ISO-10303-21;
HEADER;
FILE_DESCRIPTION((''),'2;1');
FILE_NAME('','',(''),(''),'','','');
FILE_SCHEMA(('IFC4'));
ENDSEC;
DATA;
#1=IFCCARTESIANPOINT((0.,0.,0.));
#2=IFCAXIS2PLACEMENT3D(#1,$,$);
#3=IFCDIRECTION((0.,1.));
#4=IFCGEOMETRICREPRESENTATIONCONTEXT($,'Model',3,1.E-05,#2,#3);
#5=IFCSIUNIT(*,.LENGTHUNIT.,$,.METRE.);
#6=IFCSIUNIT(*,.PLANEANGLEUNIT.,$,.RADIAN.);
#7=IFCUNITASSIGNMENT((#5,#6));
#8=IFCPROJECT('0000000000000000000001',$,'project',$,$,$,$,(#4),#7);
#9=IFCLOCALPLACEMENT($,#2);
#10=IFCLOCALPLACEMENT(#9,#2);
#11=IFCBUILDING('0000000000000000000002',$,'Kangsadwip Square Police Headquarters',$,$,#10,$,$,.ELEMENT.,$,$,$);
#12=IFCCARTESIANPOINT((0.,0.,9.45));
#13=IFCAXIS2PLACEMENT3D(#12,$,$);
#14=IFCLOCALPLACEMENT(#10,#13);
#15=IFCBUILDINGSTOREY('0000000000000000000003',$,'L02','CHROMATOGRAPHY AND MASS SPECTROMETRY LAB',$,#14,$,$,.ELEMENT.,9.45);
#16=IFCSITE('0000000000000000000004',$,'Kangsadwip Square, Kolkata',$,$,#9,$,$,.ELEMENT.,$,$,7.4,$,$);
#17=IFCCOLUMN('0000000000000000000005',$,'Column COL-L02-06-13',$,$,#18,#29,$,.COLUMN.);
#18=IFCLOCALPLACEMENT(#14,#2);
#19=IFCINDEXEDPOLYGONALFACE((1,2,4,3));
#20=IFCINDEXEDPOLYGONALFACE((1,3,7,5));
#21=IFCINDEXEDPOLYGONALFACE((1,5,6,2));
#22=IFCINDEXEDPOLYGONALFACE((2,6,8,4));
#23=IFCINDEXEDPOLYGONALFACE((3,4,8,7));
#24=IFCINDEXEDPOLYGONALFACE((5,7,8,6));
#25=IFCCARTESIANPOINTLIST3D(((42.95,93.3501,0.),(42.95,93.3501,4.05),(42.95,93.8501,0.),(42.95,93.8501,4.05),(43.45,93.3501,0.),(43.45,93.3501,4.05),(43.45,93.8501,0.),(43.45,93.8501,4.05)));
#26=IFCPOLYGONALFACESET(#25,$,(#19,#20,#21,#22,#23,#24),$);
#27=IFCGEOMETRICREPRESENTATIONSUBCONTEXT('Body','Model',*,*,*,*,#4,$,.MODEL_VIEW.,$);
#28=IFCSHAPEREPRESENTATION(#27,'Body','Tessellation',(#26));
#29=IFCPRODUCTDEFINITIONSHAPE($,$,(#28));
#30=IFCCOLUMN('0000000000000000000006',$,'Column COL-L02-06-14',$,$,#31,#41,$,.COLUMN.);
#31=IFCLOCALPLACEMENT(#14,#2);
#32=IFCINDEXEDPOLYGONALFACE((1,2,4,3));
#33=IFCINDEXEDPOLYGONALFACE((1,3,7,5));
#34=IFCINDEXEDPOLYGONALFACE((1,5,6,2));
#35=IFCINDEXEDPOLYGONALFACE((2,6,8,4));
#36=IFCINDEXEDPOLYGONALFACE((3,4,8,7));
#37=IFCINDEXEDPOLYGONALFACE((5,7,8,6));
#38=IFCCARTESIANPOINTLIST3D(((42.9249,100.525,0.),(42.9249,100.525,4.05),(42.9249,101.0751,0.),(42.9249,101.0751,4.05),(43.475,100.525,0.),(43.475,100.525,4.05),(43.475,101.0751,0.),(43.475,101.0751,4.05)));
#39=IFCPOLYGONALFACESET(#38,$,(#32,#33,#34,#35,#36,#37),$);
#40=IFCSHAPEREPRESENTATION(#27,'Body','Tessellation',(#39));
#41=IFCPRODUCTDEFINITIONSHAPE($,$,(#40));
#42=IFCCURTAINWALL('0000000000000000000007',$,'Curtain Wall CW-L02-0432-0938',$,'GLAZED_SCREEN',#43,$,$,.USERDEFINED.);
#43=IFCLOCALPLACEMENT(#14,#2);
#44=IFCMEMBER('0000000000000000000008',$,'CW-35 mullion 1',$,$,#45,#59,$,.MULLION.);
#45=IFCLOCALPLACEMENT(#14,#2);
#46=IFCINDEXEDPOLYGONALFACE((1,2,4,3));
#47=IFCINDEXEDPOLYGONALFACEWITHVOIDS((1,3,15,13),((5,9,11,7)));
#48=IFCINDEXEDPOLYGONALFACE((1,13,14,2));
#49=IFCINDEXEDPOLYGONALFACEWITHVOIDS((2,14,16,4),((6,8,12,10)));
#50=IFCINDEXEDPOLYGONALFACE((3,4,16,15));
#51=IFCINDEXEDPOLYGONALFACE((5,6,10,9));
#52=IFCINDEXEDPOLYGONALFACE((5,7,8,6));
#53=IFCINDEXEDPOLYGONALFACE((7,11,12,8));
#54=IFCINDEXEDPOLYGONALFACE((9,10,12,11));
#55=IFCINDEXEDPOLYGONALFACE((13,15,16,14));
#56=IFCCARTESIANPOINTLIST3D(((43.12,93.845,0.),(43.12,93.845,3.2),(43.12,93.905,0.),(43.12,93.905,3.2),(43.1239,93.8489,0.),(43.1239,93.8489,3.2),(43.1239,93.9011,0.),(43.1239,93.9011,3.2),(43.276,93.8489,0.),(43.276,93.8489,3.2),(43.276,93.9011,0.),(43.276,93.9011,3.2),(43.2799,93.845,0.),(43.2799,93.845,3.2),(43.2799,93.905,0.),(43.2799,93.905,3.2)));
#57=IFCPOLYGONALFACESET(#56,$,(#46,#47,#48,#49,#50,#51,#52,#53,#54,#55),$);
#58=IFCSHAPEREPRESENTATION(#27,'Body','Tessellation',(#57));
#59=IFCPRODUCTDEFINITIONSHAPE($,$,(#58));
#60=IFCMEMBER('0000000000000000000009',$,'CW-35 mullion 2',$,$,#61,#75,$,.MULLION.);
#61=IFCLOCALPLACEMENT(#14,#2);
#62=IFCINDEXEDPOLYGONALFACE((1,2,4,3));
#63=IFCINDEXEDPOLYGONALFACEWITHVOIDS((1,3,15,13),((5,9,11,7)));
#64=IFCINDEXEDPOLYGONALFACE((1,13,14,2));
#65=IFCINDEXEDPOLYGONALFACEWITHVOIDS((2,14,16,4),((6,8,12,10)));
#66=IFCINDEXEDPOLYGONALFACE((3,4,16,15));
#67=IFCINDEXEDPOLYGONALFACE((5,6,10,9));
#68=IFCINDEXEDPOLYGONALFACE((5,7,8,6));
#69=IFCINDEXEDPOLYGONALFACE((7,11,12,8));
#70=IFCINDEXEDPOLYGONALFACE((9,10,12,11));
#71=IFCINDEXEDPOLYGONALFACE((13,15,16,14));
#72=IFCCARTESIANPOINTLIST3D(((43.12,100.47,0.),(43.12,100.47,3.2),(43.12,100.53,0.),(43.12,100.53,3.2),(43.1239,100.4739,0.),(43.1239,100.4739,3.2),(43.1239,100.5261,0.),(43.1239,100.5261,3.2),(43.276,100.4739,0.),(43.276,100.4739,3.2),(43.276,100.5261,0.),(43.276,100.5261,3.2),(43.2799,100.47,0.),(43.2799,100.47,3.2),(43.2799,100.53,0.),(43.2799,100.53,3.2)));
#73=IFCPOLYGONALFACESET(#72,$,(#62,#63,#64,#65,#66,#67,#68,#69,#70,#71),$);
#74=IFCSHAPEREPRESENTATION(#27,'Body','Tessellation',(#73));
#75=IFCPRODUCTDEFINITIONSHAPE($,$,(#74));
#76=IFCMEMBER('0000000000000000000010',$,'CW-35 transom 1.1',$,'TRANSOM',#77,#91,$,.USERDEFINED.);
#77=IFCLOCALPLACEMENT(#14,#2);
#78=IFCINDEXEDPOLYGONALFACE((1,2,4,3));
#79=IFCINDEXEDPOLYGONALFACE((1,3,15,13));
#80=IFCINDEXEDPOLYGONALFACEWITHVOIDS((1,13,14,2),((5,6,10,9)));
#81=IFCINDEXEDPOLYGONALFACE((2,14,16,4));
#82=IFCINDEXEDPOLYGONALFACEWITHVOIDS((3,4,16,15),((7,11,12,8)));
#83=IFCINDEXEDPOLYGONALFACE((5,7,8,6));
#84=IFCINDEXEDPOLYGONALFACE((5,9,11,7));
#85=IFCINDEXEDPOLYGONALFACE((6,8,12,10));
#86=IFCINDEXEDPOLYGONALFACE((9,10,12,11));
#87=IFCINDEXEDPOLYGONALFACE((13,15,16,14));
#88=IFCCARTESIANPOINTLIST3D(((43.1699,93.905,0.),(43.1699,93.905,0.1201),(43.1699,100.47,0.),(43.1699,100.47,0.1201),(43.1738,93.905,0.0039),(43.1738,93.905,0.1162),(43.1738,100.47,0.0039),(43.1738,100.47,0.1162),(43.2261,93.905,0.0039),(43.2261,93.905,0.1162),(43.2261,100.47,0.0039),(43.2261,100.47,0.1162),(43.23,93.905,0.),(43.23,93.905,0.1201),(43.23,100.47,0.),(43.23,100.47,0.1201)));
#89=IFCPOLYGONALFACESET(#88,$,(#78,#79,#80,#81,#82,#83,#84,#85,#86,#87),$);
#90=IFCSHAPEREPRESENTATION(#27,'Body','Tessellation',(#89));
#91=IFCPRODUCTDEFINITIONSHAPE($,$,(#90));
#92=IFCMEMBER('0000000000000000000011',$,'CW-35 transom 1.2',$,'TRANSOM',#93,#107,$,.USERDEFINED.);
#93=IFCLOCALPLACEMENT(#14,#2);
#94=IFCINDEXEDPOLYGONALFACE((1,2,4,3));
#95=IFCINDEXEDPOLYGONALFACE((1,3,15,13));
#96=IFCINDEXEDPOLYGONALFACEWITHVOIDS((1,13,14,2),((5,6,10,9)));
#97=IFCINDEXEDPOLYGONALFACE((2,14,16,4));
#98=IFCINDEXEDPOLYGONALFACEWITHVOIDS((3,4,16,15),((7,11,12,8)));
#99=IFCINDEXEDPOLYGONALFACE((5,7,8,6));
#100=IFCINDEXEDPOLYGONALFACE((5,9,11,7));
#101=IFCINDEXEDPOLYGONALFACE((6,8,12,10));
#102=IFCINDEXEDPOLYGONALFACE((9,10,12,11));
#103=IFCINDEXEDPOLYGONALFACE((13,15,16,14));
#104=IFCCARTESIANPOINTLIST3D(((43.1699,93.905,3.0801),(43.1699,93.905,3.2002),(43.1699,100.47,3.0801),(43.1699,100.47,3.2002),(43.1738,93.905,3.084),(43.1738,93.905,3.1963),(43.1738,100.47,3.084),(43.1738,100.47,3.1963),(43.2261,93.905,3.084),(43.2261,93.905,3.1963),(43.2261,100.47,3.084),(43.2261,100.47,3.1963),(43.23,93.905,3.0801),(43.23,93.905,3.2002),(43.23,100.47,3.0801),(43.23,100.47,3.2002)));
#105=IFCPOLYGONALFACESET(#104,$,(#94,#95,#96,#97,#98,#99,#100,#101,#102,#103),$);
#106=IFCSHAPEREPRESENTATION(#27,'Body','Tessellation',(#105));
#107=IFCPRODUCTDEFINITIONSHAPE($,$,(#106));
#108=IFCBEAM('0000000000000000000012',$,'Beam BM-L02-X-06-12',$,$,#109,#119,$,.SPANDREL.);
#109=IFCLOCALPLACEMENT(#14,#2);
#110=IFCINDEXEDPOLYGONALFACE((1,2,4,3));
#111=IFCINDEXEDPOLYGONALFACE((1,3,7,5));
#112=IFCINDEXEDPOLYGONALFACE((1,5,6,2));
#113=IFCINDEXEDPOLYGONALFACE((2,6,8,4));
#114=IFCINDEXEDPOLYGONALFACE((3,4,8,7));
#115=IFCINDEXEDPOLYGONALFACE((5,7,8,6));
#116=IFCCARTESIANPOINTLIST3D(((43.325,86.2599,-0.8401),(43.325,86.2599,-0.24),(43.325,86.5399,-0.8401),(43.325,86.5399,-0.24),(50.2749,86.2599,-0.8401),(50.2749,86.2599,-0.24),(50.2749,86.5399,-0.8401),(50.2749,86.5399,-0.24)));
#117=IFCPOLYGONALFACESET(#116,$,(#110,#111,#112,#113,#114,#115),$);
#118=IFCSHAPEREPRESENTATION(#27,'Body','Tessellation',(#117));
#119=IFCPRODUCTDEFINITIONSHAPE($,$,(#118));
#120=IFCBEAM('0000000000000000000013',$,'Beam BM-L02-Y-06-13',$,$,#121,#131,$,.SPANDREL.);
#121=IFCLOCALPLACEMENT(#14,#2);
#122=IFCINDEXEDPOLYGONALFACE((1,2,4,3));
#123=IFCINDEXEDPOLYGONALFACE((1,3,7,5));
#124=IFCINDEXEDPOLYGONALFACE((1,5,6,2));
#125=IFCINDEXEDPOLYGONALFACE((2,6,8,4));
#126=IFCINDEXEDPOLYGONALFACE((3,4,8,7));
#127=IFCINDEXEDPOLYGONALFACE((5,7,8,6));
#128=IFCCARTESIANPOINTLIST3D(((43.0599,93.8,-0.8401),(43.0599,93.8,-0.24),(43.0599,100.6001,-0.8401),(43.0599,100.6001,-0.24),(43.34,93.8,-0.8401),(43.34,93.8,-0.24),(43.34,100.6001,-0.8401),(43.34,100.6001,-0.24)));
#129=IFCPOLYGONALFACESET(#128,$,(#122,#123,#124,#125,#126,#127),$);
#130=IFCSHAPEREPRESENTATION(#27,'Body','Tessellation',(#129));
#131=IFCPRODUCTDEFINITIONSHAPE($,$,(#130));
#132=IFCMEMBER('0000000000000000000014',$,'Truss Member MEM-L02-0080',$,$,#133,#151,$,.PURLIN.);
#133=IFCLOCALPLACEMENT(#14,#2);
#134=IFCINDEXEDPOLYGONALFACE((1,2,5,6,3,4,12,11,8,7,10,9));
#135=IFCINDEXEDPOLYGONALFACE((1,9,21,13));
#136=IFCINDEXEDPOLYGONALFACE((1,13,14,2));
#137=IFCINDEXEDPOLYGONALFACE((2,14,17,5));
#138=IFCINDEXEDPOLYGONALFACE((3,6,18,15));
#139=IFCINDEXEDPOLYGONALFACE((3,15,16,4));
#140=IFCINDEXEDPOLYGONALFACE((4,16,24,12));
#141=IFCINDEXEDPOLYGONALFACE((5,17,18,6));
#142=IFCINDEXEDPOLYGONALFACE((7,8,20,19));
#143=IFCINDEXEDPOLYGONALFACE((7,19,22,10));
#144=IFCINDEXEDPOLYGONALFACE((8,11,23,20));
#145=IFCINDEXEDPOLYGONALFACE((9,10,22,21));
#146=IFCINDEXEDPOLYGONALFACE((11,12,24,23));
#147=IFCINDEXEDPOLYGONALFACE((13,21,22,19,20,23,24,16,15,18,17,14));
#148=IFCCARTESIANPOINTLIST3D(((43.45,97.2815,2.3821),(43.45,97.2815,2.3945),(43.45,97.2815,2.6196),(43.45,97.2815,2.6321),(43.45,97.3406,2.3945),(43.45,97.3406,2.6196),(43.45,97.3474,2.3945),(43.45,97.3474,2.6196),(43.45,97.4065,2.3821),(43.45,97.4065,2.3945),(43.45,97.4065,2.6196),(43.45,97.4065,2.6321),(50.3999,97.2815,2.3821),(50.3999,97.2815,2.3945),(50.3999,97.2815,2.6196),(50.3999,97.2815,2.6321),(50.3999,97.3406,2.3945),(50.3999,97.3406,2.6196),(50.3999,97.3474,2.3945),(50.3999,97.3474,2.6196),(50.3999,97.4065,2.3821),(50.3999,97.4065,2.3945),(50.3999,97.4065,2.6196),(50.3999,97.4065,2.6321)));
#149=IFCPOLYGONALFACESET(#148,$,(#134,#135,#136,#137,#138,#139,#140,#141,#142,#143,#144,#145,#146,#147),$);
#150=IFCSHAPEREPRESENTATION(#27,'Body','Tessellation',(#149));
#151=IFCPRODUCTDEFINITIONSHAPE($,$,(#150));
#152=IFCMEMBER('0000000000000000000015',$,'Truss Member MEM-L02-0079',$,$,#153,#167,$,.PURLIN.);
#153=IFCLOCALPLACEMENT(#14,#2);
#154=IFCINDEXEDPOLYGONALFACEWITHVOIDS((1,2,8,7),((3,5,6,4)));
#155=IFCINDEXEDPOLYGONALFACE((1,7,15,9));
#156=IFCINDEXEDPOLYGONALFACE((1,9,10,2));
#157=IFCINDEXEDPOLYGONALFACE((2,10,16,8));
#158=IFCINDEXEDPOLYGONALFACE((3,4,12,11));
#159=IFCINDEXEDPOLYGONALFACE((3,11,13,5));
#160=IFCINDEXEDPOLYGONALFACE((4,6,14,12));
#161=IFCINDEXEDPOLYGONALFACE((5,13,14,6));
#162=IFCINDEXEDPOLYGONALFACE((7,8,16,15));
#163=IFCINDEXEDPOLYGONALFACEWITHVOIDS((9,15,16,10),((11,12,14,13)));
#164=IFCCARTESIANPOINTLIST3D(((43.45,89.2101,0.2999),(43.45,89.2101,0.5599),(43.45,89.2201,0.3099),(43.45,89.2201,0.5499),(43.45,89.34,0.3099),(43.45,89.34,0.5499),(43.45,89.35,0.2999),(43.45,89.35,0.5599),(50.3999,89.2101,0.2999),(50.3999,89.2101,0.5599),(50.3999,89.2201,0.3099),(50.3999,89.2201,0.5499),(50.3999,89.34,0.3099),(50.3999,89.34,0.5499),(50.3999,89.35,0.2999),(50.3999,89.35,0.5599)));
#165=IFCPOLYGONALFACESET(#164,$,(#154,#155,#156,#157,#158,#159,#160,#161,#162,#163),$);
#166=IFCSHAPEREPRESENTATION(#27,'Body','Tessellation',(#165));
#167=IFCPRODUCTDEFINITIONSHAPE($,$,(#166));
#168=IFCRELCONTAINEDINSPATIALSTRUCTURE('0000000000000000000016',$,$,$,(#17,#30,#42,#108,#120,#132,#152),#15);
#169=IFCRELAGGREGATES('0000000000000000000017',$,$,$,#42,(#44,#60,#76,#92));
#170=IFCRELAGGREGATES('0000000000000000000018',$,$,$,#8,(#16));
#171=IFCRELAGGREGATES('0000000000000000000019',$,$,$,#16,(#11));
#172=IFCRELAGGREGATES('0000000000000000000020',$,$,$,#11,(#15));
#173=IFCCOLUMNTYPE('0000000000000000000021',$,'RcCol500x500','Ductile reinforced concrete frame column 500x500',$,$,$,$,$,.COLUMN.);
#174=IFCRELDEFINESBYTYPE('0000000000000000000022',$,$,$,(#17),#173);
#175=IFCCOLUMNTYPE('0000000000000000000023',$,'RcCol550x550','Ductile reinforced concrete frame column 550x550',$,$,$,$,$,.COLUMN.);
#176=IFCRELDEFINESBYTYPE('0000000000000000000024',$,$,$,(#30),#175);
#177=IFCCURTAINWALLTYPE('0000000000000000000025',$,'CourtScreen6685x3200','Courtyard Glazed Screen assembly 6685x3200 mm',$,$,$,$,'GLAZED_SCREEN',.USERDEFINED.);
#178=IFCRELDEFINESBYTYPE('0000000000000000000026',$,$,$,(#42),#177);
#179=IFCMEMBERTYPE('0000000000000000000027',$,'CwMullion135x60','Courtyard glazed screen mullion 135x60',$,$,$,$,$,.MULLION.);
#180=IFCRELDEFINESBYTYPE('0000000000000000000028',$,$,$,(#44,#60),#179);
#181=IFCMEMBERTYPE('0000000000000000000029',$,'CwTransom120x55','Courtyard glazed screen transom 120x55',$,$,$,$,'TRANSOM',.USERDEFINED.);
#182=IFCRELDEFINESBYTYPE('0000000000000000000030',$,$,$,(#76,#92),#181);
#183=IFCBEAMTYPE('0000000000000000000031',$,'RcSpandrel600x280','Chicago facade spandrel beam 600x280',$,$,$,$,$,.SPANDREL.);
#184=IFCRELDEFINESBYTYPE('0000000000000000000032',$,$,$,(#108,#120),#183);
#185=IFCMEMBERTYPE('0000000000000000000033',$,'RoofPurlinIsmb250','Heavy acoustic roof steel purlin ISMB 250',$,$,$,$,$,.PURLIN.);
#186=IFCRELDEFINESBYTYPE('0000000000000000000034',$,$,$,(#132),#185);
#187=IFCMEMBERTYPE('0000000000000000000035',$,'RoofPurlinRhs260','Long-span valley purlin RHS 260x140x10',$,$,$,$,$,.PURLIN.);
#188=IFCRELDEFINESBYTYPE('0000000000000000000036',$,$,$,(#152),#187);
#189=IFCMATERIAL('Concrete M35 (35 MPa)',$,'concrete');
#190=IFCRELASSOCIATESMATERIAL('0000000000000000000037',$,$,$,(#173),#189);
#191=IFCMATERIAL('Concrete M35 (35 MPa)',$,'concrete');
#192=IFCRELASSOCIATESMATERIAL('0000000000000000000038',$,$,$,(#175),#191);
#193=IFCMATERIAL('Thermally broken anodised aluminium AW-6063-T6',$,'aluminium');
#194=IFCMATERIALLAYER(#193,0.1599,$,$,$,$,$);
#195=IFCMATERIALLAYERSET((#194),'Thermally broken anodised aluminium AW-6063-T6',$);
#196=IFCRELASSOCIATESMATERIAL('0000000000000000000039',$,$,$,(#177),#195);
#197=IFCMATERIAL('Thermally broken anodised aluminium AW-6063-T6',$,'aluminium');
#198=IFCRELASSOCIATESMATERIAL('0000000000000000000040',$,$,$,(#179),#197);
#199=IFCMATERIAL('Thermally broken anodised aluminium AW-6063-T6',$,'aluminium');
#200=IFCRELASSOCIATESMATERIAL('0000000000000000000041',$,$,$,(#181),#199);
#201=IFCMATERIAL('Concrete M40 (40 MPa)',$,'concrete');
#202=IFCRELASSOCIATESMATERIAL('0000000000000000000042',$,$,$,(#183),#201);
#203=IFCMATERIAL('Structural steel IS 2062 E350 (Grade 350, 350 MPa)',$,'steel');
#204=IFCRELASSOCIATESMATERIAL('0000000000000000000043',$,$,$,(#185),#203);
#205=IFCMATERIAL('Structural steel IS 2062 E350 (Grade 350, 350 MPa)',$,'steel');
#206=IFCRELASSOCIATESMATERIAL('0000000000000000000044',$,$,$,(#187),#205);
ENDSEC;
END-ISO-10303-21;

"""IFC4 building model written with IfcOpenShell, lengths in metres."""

from ifc_helpers import new_model, si_unit, direction, frame, origin, origin_2d, place, context, subcontext, project, spatial, rectangle, hollow_rectangle, i_section, extrude, material, layer, layer_set, material_profile, profile_set, type_object, element, aggregate, save


model = new_model("IFC4")

# Units and contexts
model_context = context("Model", 3, precision=1e-05, world=origin(), true_north=direction((0.0, 1.0)))
body_context = subcontext(model_context, "Body", "Model", "MODEL_VIEW")
ifc_project = project(units=[si_unit("LENGTHUNIT", "METRE"), si_unit("PLANEANGLEUNIT", "RADIAN")], contexts=[model_context])

# Site, building, storey
site_placement = place(None, origin())
site = spatial("IfcSite", under=ifc_project, at=site_placement, Name="Kangsadwip Square, Kolkata", CompositionType="ELEMENT", RefElevation=7.4)
building_placement = place(site_placement, origin())
building = spatial("IfcBuilding", under=site, at=building_placement, Name="Kangsadwip Square Police Headquarters", CompositionType="ELEMENT")
storey_placement = place(building_placement, frame((0.0, 0.0, 9.45)))
storey = spatial("IfcBuildingStorey", under=building, at=storey_placement, Name="L02", Description="CHROMATOGRAPHY AND MASS SPECTROMETRY LAB", CompositionType="ELEMENT", Elevation=9.45)

# Columns
ifc_material_1 = material(Name="Concrete M35 (35 MPa)", Category="concrete")
ifc_material_profile_1 = material_profile(ifc_material_1, rectangle(XDim=0.5, YDim=0.5, at=origin_2d()), Name="RC COL 500X500")
ifc_profile_set_1 = profile_set([ifc_material_profile_1], Name="Concrete M35 (35 MPa)")
column_type_1 = type_object("IfcColumnType", Name="RcCol500x500", Description="Ductile reinforced concrete frame column 500x500", PredefinedType="COLUMN", material=ifc_profile_set_1)
column_1_placement = place(storey_placement, frame((43.2, 93.6001, 0.0), z_axis=(0.0, 0.0, 1.0), x_axis=(1.0, 0.0, 0.0)))
element("IfcColumn", 1, at=column_1_placement, inside=storey, type_object=column_type_1, Name="Column COL-L02-06-13", PredefinedType="COLUMN", context=body_context, shape_type="SweptSolid", body=[
    extrude(rectangle(XDim=0.5, YDim=0.5, at=origin_2d()), origin(), (0.0, 0.0, 1.0), 4.05),
])
ifc_material_2 = material(Name="Concrete M35 (35 MPa)", Category="concrete")
ifc_material_profile_2 = material_profile(ifc_material_2, rectangle(XDim=0.55, YDim=0.55, at=origin_2d()), Name="RC COL 550X550")
ifc_profile_set_2 = profile_set([ifc_material_profile_2], Name="Concrete M35 (35 MPa)")
column_type_2 = type_object("IfcColumnType", Name="RcCol550x550", Description="Ductile reinforced concrete frame column 550x550", PredefinedType="COLUMN", material=ifc_profile_set_2)
column_2_placement = place(storey_placement, frame((43.2, 100.8, 0.0), z_axis=(0.0, 0.0, 1.0), x_axis=(1.0, 0.0, 0.0)))
element("IfcColumn", 2, at=column_2_placement, inside=storey, type_object=column_type_2, Name="Column COL-L02-06-14", PredefinedType="COLUMN", context=body_context, shape_type="SweptSolid", body=[
    extrude(rectangle(XDim=0.55, YDim=0.55, at=origin_2d()), origin(), (0.0, 0.0, 1.0), 4.05),
])

# Curtain wall, members
ifc_material_3 = material(Name="Thermally broken anodised aluminium AW-6063-T6", Category="aluminium")
ifc_layer_1 = layer(ifc_material_3, 0.1599)
ifc_layer_set_1 = layer_set([ifc_layer_1], Name="Thermally broken anodised aluminium AW-6063-T6")
curtain_wall_type = type_object("IfcCurtainWallType", Name="CourtScreen6685x3200", Description="Courtyard Glazed Screen assembly 6685x3200 mm", ElementType="GLAZED_SCREEN", PredefinedType="USERDEFINED", material=ifc_layer_set_1)
curtain_wall_placement = place(storey_placement, origin())
curtain_wall = element("IfcCurtainWall", 3, at=curtain_wall_placement, inside=storey, type_object=curtain_wall_type, Name="Curtain Wall CW-L02-0432-0938", ObjectType="GLAZED_SCREEN", PredefinedType="USERDEFINED")
ifc_material_4 = material(Name="Thermally broken anodised aluminium AW-6063-T6", Category="aluminium")
ifc_material_profile_3 = material_profile(ifc_material_4, hollow_rectangle(XDim=0.0601, YDim=0.1599, WallThickness=0.0039, at=origin_2d()), Name="CWM 160X60X4")
ifc_profile_set_3 = profile_set([ifc_material_profile_3], Name="Thermally broken anodised aluminium AW-6063-T6")
member_type_1 = type_object("IfcMemberType", Name="CwMullion135x60", Description="Courtyard glazed screen mullion 135x60", PredefinedType="MULLION", material=ifc_profile_set_3)
member_1_placement = place(storey_placement, frame((43.2, 93.875, 0.0), z_axis=(0.0, 0.0, 1.0), x_axis=(0.0, 1.0, 0.0)))
member_1 = element("IfcMember", 4, at=member_1_placement, type_object=member_type_1, Name="CW-35 mullion 1", PredefinedType="MULLION", context=body_context, shape_type="SweptSolid", body=[
    extrude(hollow_rectangle(XDim=0.0601, YDim=0.1599, WallThickness=0.0039, at=origin_2d()), origin(), (0.0, 0.0, 1.0), 3.2),
])
member_2_placement = place(storey_placement, frame((43.2, 100.5, 0.0), z_axis=(0.0, 0.0, 1.0), x_axis=(0.0, 1.0, 0.0)))
member_2 = element("IfcMember", 5, at=member_2_placement, type_object=member_type_1, Name="CW-35 mullion 2", PredefinedType="MULLION", context=body_context, shape_type="SweptSolid", body=[
    extrude(hollow_rectangle(XDim=0.0601, YDim=0.1599, WallThickness=0.0039, at=origin_2d()), origin(), (0.0, 0.0, 1.0), 3.2),
])
ifc_material_5 = material(Name="Thermally broken anodised aluminium AW-6063-T6", Category="aluminium")
ifc_material_profile_4 = material_profile(ifc_material_5, hollow_rectangle(XDim=0.0601, YDim=0.1201, WallThickness=0.0039, at=origin_2d()), Name="CWT 120X60X4")
ifc_profile_set_4 = profile_set([ifc_material_profile_4], Name="Thermally broken anodised aluminium AW-6063-T6")
member_type_2 = type_object("IfcMemberType", Name="CwTransom120x55", Description="Courtyard glazed screen transom 120x55", ElementType="TRANSOM", PredefinedType="USERDEFINED", material=ifc_profile_set_4)
member_3_placement = place(storey_placement, frame((43.2, 93.905, 0.0601), z_axis=(0.0, 1.0, 0.0), x_axis=(-1.0, 0.0, 0.0)))
member_3 = element("IfcMember", 6, at=member_3_placement, type_object=member_type_2, Name="CW-35 transom 1.1", ObjectType="TRANSOM", PredefinedType="USERDEFINED", context=body_context, shape_type="SweptSolid", body=[
    extrude(hollow_rectangle(XDim=0.0601, YDim=0.1201, WallThickness=0.0039, at=origin_2d()), origin(), (0.0, 0.0, 1.0), 6.5649),
])
member_4_placement = place(storey_placement, frame((43.2, 93.905, 3.1401), z_axis=(0.0, 1.0, 0.0), x_axis=(-1.0, 0.0, 0.0)))
member_4 = element("IfcMember", 7, at=member_4_placement, type_object=member_type_2, Name="CW-35 transom 1.2", ObjectType="TRANSOM", PredefinedType="USERDEFINED", context=body_context, shape_type="SweptSolid", body=[
    extrude(hollow_rectangle(XDim=0.0601, YDim=0.1201, WallThickness=0.0039, at=origin_2d()), origin(), (0.0, 0.0, 1.0), 6.5649),
])

# Beams
ifc_material_6 = material(Name="Concrete M40 (40 MPa)", Category="concrete")
ifc_material_profile_5 = material_profile(ifc_material_6, rectangle(XDim=0.28, YDim=0.6001, at=origin_2d()), Name="RC SPN 600X280")
ifc_profile_set_5 = profile_set([ifc_material_profile_5], Name="Concrete M40 (40 MPa)")
beam_type = type_object("IfcBeamType", Name="RcSpandrel600x280", Description="Chicago facade spandrel beam 600x280", PredefinedType="SPANDREL", material=ifc_profile_set_5)
beam_1_placement = place(storey_placement, frame((43.325, 86.3999, -0.54), z_axis=(1.0, 0.0, 0.0), x_axis=(0.0, 1.0, 0.0)))
element("IfcBeam", 8, at=beam_1_placement, inside=storey, type_object=beam_type, Name="Beam BM-L02-X-06-12", PredefinedType="SPANDREL", context=body_context, shape_type="SweptSolid", body=[
    extrude(rectangle(XDim=0.28, YDim=0.6001, at=origin_2d()), origin(), (0.0, 0.0, 1.0), 6.95),
])
beam_2_placement = place(storey_placement, frame((43.2, 93.8, -0.54), z_axis=(0.0, 1.0, 0.0), x_axis=(-1.0, 0.0, 0.0)))
element("IfcBeam", 9, at=beam_2_placement, inside=storey, type_object=beam_type, Name="Beam BM-L02-Y-06-13", PredefinedType="SPANDREL", context=body_context, shape_type="SweptSolid", body=[
    extrude(rectangle(XDim=0.28, YDim=0.6001, at=origin_2d()), origin(), (0.0, 0.0, 1.0), 6.8),
])

# Members
ifc_material_7 = material(Name="Structural steel IS 2062 E350 (Grade 350, 350 MPa)", Category="steel")
ifc_material_profile_6 = material_profile(ifc_material_7, i_section(OverallWidth=0.125, OverallDepth=0.25, WebThickness=0.0068, FlangeThickness=0.0125, at=origin_2d()), Name="ISMB 250")
ifc_profile_set_6 = profile_set([ifc_material_profile_6], Name="Structural steel IS 2062 E350 (Grade 350, 350 MPa)")
member_type_3 = type_object("IfcMemberType", Name="RoofPurlinIsmb250", Description="Heavy acoustic roof steel purlin ISMB 250", PredefinedType="PURLIN", material=ifc_profile_set_6)
member_5_placement = place(storey_placement, frame((43.45, 97.344, 2.5071), z_axis=(1.0, 0.0, 0.0), x_axis=(0.0, 1.0, 0.0)))
element("IfcMember", 10, at=member_5_placement, inside=storey, type_object=member_type_3, Name="Truss Member MEM-L02-0080", PredefinedType="PURLIN", context=body_context, shape_type="SweptSolid", body=[
    extrude(i_section(OverallWidth=0.125, OverallDepth=0.25, WebThickness=0.0068, FlangeThickness=0.0125, at=origin_2d()), origin(), (0.0, 0.0, 1.0), 6.95),
])
ifc_material_8 = material(Name="Structural steel IS 2062 E350 (Grade 350, 350 MPa)", Category="steel")
ifc_material_profile_7 = material_profile(ifc_material_8, hollow_rectangle(XDim=0.1399, YDim=0.26, WallThickness=0.01, at=origin_2d()), Name="RHS 260X140X10")
ifc_profile_set_7 = profile_set([ifc_material_profile_7], Name="Structural steel IS 2062 E350 (Grade 350, 350 MPa)")
member_type_4 = type_object("IfcMemberType", Name="RoofPurlinRhs260", Description="Long-span valley purlin RHS 260x140x10", PredefinedType="PURLIN", material=ifc_profile_set_7)
member_6_placement = place(storey_placement, frame((43.45, 89.28, 0.4299), z_axis=(1.0, 0.0, 0.0), x_axis=(0.0, 1.0, 0.0)))
element("IfcMember", 11, at=member_6_placement, inside=storey, type_object=member_type_4, Name="Truss Member MEM-L02-0079", PredefinedType="PURLIN", context=body_context, shape_type="SweptSolid", body=[
    extrude(hollow_rectangle(XDim=0.1399, YDim=0.26, WallThickness=0.01, at=origin_2d()), origin(), (0.0, 0.0, 1.0), 6.95),
])

aggregate(curtain_wall, [member_1, member_2, member_3, member_4])

save(model, "model.ifc")
